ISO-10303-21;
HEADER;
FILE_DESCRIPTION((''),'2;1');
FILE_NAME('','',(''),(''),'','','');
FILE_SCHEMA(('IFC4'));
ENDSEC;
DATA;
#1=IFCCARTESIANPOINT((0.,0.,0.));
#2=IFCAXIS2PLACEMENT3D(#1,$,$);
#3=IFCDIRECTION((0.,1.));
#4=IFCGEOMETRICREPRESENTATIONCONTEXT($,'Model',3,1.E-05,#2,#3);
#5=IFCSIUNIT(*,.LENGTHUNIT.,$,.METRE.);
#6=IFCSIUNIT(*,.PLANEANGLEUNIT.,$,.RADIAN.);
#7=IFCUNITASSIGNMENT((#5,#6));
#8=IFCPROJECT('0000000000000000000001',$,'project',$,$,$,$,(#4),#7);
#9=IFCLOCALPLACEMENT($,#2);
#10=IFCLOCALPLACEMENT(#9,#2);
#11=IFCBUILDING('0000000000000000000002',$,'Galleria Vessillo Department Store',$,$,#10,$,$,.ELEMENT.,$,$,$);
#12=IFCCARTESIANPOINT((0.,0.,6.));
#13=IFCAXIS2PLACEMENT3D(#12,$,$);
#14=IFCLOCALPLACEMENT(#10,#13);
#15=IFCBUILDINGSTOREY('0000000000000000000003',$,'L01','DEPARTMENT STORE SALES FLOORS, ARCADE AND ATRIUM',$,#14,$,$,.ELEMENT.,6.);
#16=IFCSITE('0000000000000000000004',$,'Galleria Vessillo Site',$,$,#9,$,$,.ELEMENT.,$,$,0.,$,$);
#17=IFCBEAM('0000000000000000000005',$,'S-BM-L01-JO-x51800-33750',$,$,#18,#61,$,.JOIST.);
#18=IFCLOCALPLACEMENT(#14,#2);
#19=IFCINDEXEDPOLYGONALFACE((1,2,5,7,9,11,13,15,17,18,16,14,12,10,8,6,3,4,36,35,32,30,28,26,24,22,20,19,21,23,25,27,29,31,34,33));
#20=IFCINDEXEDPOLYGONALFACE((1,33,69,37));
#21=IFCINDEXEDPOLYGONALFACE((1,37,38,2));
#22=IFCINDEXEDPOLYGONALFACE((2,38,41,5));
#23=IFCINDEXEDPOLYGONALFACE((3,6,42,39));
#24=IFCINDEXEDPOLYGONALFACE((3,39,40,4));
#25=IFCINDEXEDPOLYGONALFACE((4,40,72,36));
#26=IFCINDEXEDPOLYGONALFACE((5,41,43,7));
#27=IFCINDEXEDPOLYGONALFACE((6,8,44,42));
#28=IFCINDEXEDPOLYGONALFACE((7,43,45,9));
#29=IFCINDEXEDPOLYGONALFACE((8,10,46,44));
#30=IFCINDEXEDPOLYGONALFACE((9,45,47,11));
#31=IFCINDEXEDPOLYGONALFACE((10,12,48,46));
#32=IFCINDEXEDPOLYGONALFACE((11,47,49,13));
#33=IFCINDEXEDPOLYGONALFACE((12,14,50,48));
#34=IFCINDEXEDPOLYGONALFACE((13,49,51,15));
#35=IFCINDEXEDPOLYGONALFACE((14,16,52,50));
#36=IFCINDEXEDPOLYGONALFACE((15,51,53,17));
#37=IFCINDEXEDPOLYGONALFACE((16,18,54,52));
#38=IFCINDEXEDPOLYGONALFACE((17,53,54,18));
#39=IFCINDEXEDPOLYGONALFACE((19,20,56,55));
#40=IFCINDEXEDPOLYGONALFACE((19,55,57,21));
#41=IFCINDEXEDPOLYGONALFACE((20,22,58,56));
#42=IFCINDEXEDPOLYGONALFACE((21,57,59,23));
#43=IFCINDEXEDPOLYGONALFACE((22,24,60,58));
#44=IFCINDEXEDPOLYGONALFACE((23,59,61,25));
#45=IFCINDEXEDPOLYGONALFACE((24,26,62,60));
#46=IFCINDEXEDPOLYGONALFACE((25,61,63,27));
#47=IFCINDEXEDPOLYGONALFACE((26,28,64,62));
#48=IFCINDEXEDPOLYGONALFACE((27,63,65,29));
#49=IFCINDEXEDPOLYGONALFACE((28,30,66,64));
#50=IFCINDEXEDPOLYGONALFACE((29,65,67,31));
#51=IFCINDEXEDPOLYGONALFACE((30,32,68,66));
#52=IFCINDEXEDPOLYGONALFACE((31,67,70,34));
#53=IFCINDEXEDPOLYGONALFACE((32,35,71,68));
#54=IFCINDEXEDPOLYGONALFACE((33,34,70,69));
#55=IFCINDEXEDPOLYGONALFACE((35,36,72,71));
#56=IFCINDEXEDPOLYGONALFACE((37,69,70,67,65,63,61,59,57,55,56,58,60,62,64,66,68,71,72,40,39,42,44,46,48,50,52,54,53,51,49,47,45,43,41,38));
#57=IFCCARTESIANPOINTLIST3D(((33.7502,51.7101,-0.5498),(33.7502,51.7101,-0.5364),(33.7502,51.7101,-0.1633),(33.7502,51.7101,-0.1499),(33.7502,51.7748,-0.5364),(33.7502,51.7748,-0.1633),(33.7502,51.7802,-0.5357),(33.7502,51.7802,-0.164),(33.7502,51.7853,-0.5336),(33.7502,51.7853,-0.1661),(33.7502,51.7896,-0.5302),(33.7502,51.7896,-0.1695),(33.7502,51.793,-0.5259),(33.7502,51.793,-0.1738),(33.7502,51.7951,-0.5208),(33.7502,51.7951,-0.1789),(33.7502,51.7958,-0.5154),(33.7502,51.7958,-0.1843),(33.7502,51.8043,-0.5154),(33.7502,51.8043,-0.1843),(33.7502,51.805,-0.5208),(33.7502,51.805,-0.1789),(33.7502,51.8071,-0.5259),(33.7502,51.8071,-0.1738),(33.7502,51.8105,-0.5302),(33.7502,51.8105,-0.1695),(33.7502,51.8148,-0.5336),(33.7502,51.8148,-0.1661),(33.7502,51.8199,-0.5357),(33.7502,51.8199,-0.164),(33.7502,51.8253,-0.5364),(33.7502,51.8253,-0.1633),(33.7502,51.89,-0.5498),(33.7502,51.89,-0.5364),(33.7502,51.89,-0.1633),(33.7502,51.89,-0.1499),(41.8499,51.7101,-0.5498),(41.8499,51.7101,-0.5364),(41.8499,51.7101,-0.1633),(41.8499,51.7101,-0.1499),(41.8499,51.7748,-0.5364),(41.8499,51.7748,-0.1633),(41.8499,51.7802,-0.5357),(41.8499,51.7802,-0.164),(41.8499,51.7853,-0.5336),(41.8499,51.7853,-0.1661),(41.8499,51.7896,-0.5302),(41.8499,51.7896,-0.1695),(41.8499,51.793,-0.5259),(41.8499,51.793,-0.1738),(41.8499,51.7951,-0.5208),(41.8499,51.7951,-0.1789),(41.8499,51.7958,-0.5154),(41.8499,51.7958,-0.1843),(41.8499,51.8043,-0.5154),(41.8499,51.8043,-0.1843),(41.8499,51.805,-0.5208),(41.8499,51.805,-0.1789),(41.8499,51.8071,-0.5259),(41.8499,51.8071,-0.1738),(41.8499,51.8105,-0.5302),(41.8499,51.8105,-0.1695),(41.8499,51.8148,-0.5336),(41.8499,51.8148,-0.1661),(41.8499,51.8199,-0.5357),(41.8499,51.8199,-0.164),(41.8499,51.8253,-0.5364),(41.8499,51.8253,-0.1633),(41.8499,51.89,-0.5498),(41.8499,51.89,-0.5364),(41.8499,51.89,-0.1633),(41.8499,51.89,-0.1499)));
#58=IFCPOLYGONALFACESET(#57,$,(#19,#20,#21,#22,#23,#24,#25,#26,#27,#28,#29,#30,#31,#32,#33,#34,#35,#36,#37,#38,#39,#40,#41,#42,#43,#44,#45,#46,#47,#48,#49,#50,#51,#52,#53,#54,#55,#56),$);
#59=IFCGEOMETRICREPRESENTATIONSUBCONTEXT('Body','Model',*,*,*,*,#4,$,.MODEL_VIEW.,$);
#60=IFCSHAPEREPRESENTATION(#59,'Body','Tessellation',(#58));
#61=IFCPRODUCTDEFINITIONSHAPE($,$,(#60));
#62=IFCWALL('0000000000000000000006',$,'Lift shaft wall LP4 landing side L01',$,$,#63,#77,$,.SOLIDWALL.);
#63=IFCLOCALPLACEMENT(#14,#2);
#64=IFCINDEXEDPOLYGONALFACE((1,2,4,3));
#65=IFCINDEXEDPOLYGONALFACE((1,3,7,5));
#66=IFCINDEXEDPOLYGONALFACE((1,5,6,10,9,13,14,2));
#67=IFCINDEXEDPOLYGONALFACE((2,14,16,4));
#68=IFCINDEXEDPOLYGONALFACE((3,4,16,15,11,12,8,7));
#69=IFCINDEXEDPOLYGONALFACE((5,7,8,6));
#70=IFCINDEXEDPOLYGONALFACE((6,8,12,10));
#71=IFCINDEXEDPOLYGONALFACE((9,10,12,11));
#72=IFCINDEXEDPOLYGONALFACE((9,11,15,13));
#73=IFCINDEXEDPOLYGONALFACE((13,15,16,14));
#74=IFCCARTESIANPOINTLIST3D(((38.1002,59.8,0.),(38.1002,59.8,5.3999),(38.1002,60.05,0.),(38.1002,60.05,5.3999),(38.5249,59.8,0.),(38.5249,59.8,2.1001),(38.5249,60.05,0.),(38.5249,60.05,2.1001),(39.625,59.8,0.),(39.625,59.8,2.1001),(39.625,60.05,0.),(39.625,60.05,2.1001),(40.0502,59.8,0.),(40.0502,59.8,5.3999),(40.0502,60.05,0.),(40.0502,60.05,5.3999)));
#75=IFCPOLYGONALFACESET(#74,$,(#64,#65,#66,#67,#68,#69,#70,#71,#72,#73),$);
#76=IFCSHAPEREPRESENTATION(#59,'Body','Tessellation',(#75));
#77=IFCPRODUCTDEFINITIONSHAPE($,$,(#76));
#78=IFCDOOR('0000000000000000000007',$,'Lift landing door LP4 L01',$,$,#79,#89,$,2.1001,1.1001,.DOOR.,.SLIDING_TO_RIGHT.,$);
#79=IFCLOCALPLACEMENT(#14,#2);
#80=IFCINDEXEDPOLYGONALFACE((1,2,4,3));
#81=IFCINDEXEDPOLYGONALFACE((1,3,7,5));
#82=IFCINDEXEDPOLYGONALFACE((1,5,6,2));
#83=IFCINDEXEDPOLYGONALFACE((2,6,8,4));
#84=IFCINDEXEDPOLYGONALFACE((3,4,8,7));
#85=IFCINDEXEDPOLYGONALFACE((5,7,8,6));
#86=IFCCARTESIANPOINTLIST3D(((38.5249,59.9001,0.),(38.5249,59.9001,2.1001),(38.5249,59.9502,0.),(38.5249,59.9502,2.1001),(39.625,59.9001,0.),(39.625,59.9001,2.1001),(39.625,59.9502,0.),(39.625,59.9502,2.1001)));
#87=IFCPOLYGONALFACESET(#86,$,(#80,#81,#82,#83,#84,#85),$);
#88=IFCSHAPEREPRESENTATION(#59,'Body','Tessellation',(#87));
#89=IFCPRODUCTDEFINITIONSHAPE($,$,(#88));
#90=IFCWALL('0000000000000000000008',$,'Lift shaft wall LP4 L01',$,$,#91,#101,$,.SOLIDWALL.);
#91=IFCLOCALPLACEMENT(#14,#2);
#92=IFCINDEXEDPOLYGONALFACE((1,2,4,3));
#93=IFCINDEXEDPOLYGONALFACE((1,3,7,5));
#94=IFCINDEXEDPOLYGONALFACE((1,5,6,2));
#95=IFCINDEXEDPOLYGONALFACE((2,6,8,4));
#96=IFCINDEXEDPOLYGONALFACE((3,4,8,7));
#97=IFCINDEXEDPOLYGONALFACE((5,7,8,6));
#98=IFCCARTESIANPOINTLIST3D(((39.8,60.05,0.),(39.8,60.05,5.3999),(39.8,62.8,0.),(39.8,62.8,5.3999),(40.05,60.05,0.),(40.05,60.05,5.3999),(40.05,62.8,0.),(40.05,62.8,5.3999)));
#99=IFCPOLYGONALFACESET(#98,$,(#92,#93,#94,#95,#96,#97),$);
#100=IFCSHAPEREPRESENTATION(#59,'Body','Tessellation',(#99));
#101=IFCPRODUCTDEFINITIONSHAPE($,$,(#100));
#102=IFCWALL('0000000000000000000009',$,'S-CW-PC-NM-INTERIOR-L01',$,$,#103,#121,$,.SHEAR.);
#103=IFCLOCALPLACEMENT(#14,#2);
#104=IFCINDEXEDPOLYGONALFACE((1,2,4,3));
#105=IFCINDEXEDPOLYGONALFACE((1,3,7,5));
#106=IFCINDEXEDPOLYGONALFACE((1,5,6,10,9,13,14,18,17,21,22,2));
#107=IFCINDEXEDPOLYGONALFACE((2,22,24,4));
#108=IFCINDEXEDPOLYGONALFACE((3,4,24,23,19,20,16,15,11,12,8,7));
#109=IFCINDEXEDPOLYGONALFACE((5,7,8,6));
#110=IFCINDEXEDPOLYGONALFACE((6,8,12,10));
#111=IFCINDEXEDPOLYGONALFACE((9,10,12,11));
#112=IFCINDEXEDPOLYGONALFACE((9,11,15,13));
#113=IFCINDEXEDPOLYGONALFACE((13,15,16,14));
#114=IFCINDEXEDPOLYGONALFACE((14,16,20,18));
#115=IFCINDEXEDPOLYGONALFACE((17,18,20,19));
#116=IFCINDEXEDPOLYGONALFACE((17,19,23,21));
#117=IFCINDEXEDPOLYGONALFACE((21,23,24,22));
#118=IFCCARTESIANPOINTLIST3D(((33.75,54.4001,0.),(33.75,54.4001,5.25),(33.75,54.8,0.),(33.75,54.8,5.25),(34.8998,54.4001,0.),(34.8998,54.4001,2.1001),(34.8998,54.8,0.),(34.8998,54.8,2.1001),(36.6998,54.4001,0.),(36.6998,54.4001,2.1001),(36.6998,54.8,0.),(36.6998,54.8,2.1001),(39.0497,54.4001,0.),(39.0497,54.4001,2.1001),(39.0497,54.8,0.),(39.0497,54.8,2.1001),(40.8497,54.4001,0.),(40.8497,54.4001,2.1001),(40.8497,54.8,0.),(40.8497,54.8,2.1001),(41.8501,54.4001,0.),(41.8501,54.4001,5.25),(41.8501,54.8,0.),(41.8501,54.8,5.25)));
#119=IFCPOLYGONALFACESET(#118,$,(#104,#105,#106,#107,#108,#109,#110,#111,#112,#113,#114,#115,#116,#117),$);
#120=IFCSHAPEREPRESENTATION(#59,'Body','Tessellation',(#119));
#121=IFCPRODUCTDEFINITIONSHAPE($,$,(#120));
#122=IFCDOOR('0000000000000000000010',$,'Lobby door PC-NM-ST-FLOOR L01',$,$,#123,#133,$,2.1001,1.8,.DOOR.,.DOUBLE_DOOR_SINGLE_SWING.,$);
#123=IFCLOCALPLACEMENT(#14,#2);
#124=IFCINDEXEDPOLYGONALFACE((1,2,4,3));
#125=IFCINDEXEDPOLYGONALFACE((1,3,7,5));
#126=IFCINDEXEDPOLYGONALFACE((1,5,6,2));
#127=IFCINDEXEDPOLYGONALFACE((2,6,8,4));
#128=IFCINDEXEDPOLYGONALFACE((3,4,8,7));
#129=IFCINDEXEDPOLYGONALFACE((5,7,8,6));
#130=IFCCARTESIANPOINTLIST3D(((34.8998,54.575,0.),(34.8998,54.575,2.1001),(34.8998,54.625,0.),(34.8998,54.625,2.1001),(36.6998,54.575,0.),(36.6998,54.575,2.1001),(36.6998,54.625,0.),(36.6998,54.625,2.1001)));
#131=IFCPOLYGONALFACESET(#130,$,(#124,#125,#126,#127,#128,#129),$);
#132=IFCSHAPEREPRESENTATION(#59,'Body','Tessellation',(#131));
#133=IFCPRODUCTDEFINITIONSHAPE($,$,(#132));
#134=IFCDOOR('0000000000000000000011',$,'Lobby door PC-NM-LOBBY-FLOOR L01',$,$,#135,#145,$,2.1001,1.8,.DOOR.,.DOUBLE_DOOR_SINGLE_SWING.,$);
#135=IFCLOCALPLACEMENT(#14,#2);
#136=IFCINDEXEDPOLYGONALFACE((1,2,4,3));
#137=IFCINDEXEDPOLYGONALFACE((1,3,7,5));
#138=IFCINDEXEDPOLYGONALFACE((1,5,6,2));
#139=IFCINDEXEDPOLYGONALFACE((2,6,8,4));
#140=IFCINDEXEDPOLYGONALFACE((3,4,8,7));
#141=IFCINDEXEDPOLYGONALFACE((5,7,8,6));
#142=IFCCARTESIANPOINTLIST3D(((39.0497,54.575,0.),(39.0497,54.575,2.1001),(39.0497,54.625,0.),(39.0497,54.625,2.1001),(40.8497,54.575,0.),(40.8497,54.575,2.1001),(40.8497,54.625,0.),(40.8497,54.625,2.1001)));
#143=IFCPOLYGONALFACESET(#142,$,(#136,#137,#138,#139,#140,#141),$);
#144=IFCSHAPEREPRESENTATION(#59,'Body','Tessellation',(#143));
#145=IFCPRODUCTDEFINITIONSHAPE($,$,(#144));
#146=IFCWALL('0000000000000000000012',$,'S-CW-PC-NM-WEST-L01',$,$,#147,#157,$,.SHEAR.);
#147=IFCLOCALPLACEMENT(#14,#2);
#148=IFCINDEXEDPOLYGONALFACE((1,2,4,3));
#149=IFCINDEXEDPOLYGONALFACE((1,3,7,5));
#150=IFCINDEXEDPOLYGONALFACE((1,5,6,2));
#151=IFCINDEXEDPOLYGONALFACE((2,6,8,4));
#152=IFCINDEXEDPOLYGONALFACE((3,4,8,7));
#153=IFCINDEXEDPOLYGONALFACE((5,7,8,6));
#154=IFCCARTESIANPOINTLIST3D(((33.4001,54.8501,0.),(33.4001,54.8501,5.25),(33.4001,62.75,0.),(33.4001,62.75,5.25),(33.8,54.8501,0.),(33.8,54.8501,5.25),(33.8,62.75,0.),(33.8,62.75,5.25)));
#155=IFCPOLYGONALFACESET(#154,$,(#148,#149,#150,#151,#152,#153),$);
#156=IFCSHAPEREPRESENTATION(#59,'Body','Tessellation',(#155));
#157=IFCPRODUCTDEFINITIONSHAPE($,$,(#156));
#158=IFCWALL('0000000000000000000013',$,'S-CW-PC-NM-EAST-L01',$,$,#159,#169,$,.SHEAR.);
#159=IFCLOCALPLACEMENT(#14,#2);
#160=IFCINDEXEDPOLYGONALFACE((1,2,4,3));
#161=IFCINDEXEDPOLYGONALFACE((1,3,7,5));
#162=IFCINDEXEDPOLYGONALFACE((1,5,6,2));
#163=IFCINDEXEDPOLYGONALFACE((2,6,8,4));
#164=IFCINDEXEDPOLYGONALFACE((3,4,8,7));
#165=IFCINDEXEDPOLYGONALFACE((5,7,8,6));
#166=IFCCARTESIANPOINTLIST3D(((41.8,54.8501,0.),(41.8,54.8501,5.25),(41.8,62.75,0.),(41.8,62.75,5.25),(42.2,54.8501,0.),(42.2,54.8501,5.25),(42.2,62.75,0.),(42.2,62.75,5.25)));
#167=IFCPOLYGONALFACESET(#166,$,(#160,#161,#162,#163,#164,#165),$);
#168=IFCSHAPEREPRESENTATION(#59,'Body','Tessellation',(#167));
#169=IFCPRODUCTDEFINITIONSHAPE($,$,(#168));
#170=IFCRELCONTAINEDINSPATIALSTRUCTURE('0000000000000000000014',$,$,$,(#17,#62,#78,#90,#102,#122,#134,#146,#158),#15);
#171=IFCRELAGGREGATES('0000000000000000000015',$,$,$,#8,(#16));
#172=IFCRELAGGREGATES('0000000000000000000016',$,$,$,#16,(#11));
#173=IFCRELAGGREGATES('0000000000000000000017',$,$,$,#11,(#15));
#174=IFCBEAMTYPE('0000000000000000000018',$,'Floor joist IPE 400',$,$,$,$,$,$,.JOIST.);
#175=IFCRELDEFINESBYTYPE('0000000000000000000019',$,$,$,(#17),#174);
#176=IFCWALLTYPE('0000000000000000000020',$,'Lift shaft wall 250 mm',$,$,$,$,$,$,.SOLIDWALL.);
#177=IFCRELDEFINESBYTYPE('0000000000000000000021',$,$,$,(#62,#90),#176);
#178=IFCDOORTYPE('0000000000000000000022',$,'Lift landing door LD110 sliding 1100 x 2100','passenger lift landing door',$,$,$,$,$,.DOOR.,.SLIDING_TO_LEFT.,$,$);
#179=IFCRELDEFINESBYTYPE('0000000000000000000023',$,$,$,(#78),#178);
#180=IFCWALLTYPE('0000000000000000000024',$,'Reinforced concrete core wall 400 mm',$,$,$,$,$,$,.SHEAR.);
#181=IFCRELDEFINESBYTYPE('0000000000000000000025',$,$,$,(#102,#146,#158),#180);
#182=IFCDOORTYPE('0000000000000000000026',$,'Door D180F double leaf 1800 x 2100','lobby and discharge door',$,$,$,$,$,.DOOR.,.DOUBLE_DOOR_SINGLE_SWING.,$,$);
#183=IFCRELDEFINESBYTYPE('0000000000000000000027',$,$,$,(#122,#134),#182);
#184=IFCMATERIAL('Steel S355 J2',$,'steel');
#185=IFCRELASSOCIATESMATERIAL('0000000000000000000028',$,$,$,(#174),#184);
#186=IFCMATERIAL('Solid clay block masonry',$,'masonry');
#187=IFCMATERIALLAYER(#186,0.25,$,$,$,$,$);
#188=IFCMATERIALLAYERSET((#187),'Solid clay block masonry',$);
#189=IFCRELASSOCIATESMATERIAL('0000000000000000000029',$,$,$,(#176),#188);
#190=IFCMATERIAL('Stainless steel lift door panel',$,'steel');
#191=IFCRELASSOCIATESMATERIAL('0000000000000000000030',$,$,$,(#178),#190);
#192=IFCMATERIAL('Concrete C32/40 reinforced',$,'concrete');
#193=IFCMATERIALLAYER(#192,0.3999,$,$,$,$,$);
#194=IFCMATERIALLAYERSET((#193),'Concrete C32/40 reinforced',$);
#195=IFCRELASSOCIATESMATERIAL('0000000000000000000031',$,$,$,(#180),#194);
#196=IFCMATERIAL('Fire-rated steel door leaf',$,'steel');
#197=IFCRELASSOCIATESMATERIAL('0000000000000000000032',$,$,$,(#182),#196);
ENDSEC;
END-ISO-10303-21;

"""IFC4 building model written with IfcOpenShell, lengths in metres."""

from ifc_helpers import new_model, si_unit, direction, frame, frame_2d, origin, origin_2d, place, context, subcontext, project, spatial, rectangle, i_section, extrude, material, layer, layer_set, material_profile, profile_set, type_object, element, fill, save


model = new_model("IFC4")

# Units and contexts
model_context = context("Model", 3, precision=1e-05, world=origin(), true_north=direction((0.0, 1.0)))
body_context = subcontext(model_context, "Body", "Model", "MODEL_VIEW")
ifc_project = project(units=[si_unit("LENGTHUNIT", "METRE"), si_unit("PLANEANGLEUNIT", "RADIAN")], contexts=[model_context])

# Site, building, storey
site_placement = place(None, origin())
site = spatial("IfcSite", under=ifc_project, at=site_placement, Name="Galleria Vessillo Site", CompositionType="ELEMENT", RefElevation=0.0)
building_placement = place(site_placement, origin())
building = spatial("IfcBuilding", under=site, at=building_placement, Name="Galleria Vessillo Department Store", CompositionType="ELEMENT")
storey_placement = place(building_placement, frame((0.0, 0.0, 6.0)))
storey = spatial("IfcBuildingStorey", under=building, at=storey_placement, Name="L01", Description="DEPARTMENT STORE SALES FLOORS, ARCADE AND ATRIUM", CompositionType="ELEMENT", Elevation=6.0)

# Beam
ifc_material_1 = material(Name="Steel S355 J2", Category="steel")
ifc_material_profile_1 = material_profile(ifc_material_1, i_section(OverallWidth=0.1799, OverallDepth=0.3999, WebThickness=0.0085, FlangeThickness=0.0134, FilletRadius=0.021, at=origin_2d()), Name="IPE 400")
ifc_profile_set_1 = profile_set([ifc_material_profile_1], Name="Steel S355 J2")
beam_type_1 = type_object("IfcBeamType", Name="Floor joist IPE 400", PredefinedType="JOIST", material=ifc_profile_set_1)
for number, where, z_axis, x_axis, name in (
    (1, (33.7502, 51.8, -0.3499), (1.0, 0.0, 0.0), (0.0, 1.0, 0.0), "S-BM-L01-JO-x51800-33750"),
):
    element("IfcBeam", number, at=place(storey_placement, frame(where, z_axis=z_axis, x_axis=x_axis)), inside=storey, type_object=beam_type_1, Name=name, PredefinedType="JOIST", context=body_context, shape_type="SweptSolid", body=[
        extrude(i_section(OverallWidth=0.1799, OverallDepth=0.3999, WebThickness=0.0085, FlangeThickness=0.0134, FilletRadius=0.021, at=origin_2d()), origin(), (0.0, 0.0, 1.0), 8.0996),
    ])

# Wall, opening, door
ifc_material_2 = material(Name="Solid clay block masonry", Category="masonry")
ifc_layer_1 = layer(ifc_material_2, 0.25)
ifc_layer_set_1 = layer_set([ifc_layer_1], Name="Solid clay block masonry")
wall_type_1 = type_object("IfcWallType", Name="Lift shaft wall 250 mm", PredefinedType="SOLIDWALL", material=ifc_layer_set_1)
wall_1_placement = place(storey_placement, frame((38.1001, 59.925, 0.0), z_axis=(0.0, 0.0, 1.0), x_axis=(1.0, 0.0, 0.0)))
wall_1 = element("IfcWall", 2, at=wall_1_placement, inside=storey, type_object=wall_type_1, Name="Lift shaft wall LP4 landing side L01", PredefinedType="SOLIDWALL", context=body_context, shape_type="SweptSolid", body=[
    extrude(rectangle(XDim=1.95, YDim=0.25, at=frame_2d((0.9751, 0.0))), origin(), (0.0, 0.0, 1.0), 5.3999),
])
opening_1_placement = place(wall_1_placement, frame((0.4248, 0.0, 0.0)))
opening_1 = element("IfcOpeningElement", 3, at=opening_1_placement, cuts=wall_1, PredefinedType="OPENING", context=body_context, shape_type="SweptSolid", body=[
    extrude(rectangle(XDim=1.1001, YDim=2.1001, at=frame_2d((0.55, 1.05))), frame((0.0, 0.135, 0.0), z_axis=(0.0, -1.0, 0.0), x_axis=(1.0, 0.0, 0.0)), (0.0, 0.0, 1.0), 0.27),
])
ifc_material_3 = material(Name="Stainless steel lift door panel", Category="steel")
door_type_1 = type_object("IfcDoorType", Name="Lift landing door LD110 sliding 1100 x 2100", Description="passenger lift landing door", OperationType="SLIDING_TO_LEFT", PredefinedType="DOOR", material=ifc_material_3)
door_1_placement = place(opening_1_placement, frame((1.1001, 0.0, 0.0), z_axis=(0.0, 0.0, 1.0), x_axis=(-1.0, 0.0, 0.0)))
door_1 = element("IfcDoor", 4, at=door_1_placement, inside=storey, type_object=door_type_1, Name="Lift landing door LP4 L01", OperationType="SLIDING_TO_RIGHT", OverallHeight=2.1001, OverallWidth=1.1001, PredefinedType="DOOR", context=body_context, shape_type="SweptSolid", body=[
    extrude(rectangle(XDim=1.1001, YDim=2.1001, at=frame_2d((0.55, 1.05))), frame((0.0, 0.0249, 0.0), z_axis=(0.0, -1.0, 0.0), x_axis=(1.0, 0.0, 0.0)), (0.0, 0.0, 1.0), 0.05),
])
fill(opening_1, door_1)

# Wall
wall_2_placement = place(storey_placement, frame((39.925, 62.8, 0.0), z_axis=(0.0, 0.0, 1.0), x_axis=(0.0, -1.0, 0.0)))
element("IfcWall", 5, at=wall_2_placement, inside=storey, type_object=wall_type_1, Name="Lift shaft wall LP4 L01", PredefinedType="SOLIDWALL", context=body_context, shape_type="SweptSolid", body=[
    extrude(rectangle(XDim=2.75, YDim=0.25, at=frame_2d((1.375, 0.0))), origin(), (0.0, 0.0, 1.0), 5.3999),
])

# Wall, openings, doors
ifc_material_4 = material(Name="Concrete C32/40 reinforced", Category="concrete")
ifc_layer_2 = layer(ifc_material_4, 0.3999)
ifc_layer_set_2 = layer_set([ifc_layer_2], Name="Concrete C32/40 reinforced")
wall_type_2 = type_object("IfcWallType", Name="Reinforced concrete core wall 400 mm", PredefinedType="SHEAR", material=ifc_layer_set_2)
wall_3_placement = place(storey_placement, frame((33.75, 54.6001, 0.0), z_axis=(0.0, 0.0, 1.0), x_axis=(1.0, 0.0, 0.0)))
wall_3 = element("IfcWall", 6, at=wall_3_placement, inside=storey, type_object=wall_type_2, Name="S-CW-PC-NM-INTERIOR-L01", PredefinedType="SHEAR", context=body_context, shape_type="SweptSolid", body=[
    extrude(rectangle(XDim=8.1001, YDim=0.3999, at=frame_2d((4.05, 0.0))), origin(), (0.0, 0.0, 1.0), 5.25),
])
opening_2_placement = place(wall_3_placement, frame((1.1499, 0.0, 0.0)))
opening_2 = element("IfcOpeningElement", 7, at=opening_2_placement, cuts=wall_3, PredefinedType="OPENING", context=body_context, shape_type="SweptSolid", body=[
    extrude(rectangle(XDim=1.8, YDim=2.1001, at=frame_2d((0.8999, 1.05))), frame((0.0, 0.21, 0.0), z_axis=(0.0, -1.0, 0.0), x_axis=(1.0, 0.0, 0.0)), (0.0, 0.0, 1.0), 0.4199),
])
opening_3_placement = place(wall_3_placement, frame((5.2998, 0.0, 0.0)))
opening_3 = element("IfcOpeningElement", 8, at=opening_3_placement, cuts=wall_3, PredefinedType="OPENING", context=body_context, shape_type="SweptSolid", body=[
    extrude(rectangle(XDim=1.8, YDim=2.1001, at=frame_2d((0.8999, 1.05))), frame((0.0, 0.21, 0.0), z_axis=(0.0, -1.0, 0.0), x_axis=(1.0, 0.0, 0.0)), (0.0, 0.0, 1.0), 0.4199),
])
ifc_material_5 = material(Name="Fire-rated steel door leaf", Category="steel")
door_type_2 = type_object("IfcDoorType", Name="Door D180F double leaf 1800 x 2100", Description="lobby and discharge door", OperationType="DOUBLE_DOOR_SINGLE_SWING", PredefinedType="DOOR", material=ifc_material_5)
door_2_placement = place(opening_2_placement, origin())
door_2 = element("IfcDoor", 9, at=door_2_placement, inside=storey, type_object=door_type_2, Name="Lobby door PC-NM-ST-FLOOR L01", OperationType="DOUBLE_DOOR_SINGLE_SWING", OverallHeight=2.1001, OverallWidth=1.8, PredefinedType="DOOR", context=body_context, shape_type="SweptSolid", body=[
    extrude(rectangle(XDim=1.8, YDim=2.1001, at=frame_2d((0.8999, 1.05))), frame((0.0, 0.0249, 0.0), z_axis=(0.0, -1.0, 0.0), x_axis=(1.0, 0.0, 0.0)), (0.0, 0.0, 1.0), 0.05),
])
fill(opening_2, door_2)
door_3_placement = place(opening_3_placement, origin())
door_3 = element("IfcDoor", 10, at=door_3_placement, inside=storey, type_object=door_type_2, Name="Lobby door PC-NM-LOBBY-FLOOR L01", OperationType="DOUBLE_DOOR_SINGLE_SWING", OverallHeight=2.1001, OverallWidth=1.8, PredefinedType="DOOR", context=body_context, shape_type="SweptSolid", body=[
    extrude(rectangle(XDim=1.8, YDim=2.1001, at=frame_2d((0.8999, 1.05))), frame((0.0, 0.0249, 0.0), z_axis=(0.0, -1.0, 0.0), x_axis=(1.0, 0.0, 0.0)), (0.0, 0.0, 1.0), 0.05),
])
fill(opening_3, door_3)

# Walls
for number, where, z_axis, x_axis, name in (
    (11, (33.6001, 54.8501, 0.0), (0.0, 0.0, 1.0), (0.0, 1.0, 0.0), "S-CW-PC-NM-WEST-L01"),
    (12, (42.0, 54.8501, 0.0), (0.0, 0.0, 1.0), (0.0, 1.0, 0.0), "S-CW-PC-NM-EAST-L01"),
):
    element("IfcWall", number, at=place(storey_placement, frame(where, z_axis=z_axis, x_axis=x_axis)), inside=storey, type_object=wall_type_2, Name=name, PredefinedType="SHEAR", context=body_context, shape_type="SweptSolid", body=[
        extrude(rectangle(XDim=7.8999, YDim=0.3999, at=frame_2d((3.95, 0.0))), origin(), (0.0, 0.0, 1.0), 5.25),
    ])

save(model, "model.ifc")
